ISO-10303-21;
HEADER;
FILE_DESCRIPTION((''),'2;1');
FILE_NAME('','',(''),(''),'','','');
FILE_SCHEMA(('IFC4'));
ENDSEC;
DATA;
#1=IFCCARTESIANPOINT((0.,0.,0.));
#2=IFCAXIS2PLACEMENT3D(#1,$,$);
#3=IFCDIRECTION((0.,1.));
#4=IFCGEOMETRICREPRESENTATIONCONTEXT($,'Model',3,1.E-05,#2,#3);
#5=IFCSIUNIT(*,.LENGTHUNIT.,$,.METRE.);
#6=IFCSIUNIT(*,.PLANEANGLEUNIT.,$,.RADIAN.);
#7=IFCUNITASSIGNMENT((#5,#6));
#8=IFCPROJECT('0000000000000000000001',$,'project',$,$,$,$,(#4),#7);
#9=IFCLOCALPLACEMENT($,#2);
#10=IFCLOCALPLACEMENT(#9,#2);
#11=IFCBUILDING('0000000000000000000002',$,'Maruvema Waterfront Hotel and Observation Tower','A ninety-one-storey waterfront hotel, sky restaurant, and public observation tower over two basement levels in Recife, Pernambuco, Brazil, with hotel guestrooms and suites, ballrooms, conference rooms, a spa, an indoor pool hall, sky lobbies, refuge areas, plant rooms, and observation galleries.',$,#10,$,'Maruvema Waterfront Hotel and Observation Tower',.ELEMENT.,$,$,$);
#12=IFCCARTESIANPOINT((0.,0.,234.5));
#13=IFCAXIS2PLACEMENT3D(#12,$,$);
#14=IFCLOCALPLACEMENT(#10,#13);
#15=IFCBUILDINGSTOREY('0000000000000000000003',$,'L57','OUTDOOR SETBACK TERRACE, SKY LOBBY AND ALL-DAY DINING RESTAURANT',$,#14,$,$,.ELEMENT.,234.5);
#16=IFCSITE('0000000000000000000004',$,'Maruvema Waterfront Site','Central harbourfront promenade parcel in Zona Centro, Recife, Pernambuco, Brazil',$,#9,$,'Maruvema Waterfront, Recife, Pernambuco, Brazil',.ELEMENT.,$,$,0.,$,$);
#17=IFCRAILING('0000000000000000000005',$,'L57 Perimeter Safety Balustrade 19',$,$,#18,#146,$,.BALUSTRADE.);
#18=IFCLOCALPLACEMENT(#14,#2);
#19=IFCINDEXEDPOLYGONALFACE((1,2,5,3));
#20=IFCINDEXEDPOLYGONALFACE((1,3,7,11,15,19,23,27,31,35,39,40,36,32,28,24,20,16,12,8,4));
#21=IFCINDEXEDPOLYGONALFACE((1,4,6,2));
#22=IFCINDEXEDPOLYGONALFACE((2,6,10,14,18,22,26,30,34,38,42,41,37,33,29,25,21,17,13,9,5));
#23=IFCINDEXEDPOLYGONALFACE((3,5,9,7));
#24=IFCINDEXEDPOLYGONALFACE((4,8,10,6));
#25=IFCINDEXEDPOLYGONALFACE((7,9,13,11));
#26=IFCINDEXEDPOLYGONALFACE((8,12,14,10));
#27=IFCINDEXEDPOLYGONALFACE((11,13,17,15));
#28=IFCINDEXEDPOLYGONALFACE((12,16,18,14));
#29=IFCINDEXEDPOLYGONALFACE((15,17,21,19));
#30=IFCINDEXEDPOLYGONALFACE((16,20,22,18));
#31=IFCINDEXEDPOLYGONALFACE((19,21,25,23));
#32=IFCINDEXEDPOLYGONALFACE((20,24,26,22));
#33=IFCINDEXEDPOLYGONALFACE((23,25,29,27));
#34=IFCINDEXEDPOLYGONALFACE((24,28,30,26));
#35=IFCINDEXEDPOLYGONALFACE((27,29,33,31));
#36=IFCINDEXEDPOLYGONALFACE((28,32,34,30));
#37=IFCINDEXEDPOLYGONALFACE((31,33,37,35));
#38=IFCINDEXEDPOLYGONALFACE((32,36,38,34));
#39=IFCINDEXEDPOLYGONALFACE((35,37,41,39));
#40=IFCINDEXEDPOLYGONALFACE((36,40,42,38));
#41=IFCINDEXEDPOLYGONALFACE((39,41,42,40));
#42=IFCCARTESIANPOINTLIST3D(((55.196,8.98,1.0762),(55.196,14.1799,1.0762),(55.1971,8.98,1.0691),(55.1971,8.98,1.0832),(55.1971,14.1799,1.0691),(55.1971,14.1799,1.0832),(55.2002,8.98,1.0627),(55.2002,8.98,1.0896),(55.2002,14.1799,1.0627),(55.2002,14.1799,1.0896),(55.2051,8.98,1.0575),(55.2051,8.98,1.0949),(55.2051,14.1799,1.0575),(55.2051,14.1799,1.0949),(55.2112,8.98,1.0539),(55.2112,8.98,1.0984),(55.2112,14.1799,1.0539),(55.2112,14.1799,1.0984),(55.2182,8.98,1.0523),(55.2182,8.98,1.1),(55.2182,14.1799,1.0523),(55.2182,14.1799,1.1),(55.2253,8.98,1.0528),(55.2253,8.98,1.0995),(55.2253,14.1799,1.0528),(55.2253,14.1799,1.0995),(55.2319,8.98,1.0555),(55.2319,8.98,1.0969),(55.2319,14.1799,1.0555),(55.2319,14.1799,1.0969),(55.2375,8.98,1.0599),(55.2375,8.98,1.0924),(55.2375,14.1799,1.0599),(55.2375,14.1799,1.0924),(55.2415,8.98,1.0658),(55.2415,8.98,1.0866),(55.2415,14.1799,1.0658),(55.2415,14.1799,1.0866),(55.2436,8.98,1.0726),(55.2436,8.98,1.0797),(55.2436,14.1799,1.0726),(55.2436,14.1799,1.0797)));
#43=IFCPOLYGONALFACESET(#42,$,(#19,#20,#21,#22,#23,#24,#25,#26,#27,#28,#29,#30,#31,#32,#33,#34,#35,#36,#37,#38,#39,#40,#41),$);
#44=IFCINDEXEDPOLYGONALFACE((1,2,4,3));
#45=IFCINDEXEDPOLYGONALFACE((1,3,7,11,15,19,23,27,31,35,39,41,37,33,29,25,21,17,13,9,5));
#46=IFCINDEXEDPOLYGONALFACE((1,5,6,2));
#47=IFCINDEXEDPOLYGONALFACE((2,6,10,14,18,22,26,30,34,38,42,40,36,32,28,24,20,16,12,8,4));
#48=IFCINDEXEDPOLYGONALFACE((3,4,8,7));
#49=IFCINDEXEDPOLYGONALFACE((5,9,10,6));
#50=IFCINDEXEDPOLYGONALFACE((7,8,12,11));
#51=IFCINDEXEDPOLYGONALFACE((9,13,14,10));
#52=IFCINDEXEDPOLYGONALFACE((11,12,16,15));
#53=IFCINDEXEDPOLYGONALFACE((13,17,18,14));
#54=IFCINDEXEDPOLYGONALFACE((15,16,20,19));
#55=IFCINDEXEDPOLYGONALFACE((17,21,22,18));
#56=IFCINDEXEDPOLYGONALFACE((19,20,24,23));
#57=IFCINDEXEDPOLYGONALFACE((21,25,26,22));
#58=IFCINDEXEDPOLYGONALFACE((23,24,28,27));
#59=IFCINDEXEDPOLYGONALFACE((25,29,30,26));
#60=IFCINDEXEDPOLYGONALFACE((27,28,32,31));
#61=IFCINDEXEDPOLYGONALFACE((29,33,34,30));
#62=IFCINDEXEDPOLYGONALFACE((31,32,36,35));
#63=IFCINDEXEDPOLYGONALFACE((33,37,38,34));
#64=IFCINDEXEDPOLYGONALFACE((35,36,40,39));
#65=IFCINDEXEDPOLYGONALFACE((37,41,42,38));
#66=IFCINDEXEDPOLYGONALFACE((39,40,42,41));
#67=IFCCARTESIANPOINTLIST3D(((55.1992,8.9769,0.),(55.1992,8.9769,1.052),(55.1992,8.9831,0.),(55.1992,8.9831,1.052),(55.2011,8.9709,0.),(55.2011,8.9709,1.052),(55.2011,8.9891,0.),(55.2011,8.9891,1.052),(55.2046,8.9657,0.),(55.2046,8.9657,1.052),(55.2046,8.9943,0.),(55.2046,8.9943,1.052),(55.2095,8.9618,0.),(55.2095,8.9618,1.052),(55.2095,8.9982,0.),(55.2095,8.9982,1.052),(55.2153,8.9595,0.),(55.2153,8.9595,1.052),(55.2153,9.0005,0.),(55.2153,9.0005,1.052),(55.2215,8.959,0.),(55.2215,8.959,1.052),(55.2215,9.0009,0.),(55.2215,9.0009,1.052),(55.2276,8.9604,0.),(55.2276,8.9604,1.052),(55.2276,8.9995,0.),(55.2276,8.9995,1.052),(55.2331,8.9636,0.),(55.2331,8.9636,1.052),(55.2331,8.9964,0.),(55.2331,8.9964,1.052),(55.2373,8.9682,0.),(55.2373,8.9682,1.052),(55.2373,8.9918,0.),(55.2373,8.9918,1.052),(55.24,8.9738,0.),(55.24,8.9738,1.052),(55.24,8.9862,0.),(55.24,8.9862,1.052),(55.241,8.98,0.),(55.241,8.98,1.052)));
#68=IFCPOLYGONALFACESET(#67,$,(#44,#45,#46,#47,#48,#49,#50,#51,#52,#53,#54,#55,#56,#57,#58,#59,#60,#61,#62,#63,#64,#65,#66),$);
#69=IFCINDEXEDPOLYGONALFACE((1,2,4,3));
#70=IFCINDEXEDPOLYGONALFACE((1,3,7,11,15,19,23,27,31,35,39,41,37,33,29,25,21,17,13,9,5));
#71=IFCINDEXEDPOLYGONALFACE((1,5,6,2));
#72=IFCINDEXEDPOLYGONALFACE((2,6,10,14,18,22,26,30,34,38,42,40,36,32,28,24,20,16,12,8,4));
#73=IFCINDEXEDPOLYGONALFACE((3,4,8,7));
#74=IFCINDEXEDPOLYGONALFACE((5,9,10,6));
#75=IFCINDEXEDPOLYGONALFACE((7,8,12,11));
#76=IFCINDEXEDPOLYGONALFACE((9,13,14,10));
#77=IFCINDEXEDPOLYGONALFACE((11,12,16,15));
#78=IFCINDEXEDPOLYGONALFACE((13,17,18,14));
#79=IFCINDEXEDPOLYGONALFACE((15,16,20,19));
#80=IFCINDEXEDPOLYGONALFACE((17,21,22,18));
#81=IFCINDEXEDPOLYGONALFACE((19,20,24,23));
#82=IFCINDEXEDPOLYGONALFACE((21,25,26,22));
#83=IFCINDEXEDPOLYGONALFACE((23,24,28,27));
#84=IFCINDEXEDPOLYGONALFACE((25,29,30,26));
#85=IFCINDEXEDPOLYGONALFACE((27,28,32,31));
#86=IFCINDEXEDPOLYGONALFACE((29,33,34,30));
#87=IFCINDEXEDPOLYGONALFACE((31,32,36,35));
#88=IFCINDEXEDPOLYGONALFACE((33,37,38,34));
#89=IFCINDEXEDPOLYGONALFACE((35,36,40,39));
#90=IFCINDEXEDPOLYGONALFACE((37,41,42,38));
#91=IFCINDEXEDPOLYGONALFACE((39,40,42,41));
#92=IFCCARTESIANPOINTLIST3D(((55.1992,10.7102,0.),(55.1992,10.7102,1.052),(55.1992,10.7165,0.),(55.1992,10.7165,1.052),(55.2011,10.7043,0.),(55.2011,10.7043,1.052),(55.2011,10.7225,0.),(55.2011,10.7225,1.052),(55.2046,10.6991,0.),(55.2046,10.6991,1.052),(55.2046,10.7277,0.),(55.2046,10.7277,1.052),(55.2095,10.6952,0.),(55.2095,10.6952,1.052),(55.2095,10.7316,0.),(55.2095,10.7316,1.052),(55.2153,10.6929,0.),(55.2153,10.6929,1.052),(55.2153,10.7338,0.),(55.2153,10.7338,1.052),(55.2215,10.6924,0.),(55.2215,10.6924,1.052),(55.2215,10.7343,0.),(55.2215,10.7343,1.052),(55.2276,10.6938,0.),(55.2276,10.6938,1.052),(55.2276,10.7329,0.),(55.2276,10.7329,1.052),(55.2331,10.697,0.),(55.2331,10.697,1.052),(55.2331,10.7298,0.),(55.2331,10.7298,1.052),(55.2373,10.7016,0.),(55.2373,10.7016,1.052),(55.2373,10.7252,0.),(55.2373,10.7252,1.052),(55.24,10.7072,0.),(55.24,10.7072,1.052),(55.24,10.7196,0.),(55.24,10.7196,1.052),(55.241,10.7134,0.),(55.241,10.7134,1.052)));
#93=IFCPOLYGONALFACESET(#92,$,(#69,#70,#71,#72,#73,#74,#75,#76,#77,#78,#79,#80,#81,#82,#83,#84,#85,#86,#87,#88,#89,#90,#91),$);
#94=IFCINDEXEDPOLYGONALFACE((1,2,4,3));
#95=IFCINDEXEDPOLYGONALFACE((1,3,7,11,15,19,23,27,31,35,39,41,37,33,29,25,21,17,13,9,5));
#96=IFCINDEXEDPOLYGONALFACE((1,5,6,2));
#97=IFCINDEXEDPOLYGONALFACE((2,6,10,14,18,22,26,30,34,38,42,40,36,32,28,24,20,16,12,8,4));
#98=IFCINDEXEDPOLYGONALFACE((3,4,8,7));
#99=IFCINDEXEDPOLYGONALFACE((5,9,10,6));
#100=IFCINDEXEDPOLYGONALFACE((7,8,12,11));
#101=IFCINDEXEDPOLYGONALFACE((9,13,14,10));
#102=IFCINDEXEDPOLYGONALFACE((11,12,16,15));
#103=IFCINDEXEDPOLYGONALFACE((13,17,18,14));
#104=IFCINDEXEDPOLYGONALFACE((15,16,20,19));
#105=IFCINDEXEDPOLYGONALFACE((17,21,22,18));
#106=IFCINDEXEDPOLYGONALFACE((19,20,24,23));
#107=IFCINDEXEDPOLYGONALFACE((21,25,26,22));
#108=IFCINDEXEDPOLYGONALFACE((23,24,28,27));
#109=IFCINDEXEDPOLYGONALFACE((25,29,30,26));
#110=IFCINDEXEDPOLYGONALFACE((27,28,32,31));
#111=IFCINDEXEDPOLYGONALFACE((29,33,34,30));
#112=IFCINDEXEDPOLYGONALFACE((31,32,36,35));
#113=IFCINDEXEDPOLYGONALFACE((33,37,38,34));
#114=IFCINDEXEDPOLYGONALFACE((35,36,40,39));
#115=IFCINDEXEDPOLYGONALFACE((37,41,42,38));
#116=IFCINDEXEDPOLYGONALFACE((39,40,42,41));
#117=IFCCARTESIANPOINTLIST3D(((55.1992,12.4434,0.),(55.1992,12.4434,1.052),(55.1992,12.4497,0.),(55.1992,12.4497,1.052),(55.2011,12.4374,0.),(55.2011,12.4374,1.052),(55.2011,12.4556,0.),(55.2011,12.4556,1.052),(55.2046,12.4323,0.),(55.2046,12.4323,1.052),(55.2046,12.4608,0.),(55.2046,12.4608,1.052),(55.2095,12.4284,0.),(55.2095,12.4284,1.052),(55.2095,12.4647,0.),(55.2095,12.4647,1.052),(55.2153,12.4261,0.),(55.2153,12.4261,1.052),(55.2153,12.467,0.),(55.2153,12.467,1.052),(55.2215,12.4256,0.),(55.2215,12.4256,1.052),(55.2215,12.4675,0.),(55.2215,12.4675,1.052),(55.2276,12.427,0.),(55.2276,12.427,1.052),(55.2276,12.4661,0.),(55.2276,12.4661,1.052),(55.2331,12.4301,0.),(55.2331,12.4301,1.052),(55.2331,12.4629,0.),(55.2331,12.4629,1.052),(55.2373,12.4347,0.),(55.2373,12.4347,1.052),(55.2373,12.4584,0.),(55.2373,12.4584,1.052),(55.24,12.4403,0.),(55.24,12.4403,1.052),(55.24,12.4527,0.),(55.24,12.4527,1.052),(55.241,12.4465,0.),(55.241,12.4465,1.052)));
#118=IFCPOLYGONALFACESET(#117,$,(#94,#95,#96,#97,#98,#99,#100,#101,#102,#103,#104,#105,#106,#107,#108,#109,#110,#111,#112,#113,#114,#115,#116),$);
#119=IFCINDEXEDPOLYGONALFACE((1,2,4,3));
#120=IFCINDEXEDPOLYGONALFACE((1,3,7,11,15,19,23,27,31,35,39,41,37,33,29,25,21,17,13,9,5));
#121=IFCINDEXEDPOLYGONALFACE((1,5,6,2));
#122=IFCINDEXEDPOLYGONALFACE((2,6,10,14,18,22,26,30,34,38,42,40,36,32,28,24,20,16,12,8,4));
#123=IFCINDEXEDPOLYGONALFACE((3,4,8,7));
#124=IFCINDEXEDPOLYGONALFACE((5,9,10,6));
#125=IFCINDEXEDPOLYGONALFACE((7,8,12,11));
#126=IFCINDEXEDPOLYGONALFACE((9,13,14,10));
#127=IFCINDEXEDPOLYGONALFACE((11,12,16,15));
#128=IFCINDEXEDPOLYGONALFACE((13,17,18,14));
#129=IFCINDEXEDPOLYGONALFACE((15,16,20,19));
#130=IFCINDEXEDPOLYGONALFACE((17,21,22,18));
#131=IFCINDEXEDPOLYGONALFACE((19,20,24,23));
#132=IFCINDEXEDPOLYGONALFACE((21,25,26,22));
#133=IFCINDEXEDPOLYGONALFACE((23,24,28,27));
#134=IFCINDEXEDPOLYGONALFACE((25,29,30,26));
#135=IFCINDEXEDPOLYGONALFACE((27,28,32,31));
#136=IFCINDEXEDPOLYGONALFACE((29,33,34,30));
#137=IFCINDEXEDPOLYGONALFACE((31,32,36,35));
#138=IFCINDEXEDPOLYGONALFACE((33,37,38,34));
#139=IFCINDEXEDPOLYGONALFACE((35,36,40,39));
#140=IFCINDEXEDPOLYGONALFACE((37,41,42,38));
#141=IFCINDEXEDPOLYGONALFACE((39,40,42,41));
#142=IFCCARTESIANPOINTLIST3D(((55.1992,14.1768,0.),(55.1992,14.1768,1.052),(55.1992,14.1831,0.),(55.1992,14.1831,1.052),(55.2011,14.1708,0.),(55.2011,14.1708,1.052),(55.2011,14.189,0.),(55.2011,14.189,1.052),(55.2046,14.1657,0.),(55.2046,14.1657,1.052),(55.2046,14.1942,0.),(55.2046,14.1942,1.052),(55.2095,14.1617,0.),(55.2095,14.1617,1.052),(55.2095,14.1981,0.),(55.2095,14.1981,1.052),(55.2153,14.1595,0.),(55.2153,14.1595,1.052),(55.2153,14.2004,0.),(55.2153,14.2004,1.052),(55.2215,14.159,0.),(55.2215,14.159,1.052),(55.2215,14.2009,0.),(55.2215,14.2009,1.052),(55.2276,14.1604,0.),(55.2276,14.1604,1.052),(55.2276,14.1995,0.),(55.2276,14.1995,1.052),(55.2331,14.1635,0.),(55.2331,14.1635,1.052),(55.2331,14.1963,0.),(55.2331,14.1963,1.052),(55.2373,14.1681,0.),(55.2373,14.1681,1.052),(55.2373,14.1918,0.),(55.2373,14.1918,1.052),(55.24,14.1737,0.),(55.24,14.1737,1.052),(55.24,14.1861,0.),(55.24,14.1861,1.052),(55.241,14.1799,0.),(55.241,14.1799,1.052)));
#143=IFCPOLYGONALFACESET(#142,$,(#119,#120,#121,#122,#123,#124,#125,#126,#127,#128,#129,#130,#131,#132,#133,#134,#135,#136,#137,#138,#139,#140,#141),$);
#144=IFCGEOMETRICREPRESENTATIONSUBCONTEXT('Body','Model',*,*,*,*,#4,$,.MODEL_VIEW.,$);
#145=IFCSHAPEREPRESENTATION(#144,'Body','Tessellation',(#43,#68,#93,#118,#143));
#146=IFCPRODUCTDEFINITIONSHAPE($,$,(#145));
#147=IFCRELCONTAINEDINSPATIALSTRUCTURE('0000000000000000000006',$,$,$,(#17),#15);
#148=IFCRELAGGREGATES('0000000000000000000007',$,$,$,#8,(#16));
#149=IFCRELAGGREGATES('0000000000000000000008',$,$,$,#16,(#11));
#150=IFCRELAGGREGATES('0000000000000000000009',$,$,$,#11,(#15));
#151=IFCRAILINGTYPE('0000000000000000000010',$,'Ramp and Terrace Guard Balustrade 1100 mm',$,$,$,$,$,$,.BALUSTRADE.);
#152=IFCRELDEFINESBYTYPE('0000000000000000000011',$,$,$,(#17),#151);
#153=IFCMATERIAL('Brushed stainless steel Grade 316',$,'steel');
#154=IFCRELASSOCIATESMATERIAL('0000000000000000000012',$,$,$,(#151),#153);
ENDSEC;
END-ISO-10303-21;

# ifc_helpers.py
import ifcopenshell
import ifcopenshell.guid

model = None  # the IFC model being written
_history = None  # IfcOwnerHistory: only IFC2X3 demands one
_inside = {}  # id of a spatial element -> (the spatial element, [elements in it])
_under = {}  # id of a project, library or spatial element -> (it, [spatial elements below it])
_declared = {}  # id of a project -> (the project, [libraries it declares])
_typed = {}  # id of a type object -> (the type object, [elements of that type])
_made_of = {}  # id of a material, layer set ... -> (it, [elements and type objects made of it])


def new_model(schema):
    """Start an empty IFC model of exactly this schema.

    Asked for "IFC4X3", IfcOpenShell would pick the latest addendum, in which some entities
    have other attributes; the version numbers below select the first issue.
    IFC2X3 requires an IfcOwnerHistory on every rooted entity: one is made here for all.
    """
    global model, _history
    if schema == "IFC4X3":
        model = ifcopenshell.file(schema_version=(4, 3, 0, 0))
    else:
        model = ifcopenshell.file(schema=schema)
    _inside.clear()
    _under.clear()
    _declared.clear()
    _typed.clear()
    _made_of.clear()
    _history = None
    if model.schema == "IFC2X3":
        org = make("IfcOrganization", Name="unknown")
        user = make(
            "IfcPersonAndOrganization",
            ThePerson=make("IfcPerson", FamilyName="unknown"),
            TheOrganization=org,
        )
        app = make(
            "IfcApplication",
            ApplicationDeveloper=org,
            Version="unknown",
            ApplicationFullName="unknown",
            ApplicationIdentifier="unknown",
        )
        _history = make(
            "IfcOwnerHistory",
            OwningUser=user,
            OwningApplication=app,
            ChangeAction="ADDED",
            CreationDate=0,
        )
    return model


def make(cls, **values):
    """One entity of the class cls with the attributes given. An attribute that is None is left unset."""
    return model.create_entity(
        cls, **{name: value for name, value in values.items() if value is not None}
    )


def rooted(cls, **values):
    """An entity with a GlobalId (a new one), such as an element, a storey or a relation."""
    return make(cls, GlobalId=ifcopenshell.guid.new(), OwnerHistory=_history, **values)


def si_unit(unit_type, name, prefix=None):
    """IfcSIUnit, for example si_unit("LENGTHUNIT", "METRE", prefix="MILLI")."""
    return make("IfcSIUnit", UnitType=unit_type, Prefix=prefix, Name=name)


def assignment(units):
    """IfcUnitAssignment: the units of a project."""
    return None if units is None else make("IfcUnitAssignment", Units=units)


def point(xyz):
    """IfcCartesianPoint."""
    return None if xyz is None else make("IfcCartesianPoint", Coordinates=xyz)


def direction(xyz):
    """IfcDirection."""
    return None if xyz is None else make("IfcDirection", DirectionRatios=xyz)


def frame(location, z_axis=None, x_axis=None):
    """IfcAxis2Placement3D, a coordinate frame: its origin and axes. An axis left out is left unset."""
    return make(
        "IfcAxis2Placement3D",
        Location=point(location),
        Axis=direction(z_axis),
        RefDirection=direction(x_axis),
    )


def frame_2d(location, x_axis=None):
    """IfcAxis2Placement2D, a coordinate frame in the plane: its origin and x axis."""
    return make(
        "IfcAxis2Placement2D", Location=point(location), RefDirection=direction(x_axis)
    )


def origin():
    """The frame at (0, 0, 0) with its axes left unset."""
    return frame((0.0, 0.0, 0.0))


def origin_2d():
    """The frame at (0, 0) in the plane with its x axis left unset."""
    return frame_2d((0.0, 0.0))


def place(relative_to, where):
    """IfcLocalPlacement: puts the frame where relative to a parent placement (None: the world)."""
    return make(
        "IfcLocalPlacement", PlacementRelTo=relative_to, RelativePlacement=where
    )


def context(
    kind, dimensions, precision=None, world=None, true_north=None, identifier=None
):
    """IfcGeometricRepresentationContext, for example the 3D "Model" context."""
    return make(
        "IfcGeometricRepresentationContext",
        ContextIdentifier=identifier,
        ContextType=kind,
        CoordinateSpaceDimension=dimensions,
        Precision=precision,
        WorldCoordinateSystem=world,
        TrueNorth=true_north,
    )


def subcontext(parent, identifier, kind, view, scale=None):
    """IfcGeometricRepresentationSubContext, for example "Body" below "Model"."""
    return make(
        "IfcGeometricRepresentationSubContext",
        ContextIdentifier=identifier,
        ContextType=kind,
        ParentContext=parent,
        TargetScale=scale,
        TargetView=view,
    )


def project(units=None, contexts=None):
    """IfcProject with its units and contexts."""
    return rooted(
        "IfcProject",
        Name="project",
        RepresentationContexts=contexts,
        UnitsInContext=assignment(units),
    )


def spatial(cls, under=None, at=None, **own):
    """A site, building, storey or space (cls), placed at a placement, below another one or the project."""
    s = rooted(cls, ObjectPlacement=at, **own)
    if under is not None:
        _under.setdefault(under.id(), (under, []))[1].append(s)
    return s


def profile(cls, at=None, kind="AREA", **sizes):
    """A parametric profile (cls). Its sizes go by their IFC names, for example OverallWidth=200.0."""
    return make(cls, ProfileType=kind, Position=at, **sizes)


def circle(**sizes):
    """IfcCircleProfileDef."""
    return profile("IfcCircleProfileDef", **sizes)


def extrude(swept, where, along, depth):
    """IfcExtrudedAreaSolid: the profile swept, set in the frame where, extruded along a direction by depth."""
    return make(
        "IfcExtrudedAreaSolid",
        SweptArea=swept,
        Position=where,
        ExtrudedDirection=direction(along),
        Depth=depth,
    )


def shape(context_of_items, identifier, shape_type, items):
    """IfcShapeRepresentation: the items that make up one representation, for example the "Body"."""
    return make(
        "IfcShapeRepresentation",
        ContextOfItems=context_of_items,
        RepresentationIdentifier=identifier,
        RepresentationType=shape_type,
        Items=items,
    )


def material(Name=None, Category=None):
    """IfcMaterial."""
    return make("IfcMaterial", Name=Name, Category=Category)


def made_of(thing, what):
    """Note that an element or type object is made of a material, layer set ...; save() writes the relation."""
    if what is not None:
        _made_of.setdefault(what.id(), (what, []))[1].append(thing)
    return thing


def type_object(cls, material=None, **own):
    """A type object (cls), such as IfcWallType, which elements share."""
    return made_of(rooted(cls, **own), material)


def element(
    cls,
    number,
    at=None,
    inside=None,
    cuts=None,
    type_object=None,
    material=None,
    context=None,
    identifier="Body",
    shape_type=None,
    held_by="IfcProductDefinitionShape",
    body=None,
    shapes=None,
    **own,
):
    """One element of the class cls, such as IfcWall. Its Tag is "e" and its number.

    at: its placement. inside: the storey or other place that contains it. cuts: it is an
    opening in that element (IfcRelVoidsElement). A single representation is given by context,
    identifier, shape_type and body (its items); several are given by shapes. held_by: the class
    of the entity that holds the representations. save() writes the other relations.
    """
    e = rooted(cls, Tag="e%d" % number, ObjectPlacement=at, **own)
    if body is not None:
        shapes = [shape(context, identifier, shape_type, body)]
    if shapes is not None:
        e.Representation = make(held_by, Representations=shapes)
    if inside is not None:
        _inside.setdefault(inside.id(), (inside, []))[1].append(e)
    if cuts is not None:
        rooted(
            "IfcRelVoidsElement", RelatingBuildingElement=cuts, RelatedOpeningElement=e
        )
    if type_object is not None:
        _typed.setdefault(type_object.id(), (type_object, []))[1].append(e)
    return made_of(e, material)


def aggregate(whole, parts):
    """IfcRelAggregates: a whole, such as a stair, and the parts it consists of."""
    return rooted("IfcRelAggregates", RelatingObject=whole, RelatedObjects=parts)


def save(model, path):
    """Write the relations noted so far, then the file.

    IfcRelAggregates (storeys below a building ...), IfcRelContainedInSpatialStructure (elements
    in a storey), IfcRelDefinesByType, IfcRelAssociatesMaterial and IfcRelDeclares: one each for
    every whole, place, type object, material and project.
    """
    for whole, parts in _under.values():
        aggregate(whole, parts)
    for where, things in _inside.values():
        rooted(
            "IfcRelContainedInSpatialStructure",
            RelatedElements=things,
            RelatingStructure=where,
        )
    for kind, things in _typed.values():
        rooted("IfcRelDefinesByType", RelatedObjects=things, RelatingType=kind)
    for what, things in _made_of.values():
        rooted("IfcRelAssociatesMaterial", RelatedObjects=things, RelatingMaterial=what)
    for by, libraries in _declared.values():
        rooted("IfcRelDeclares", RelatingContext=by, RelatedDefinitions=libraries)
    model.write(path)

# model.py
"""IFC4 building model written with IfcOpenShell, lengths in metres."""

from ifc_helpers import new_model, si_unit, direction, frame, origin, origin_2d, place, context, subcontext, project, spatial, circle, extrude, material, type_object, element, save


model = new_model("IFC4")

# Units and contexts
model_context = context("Model", 3, precision=1e-05, world=origin(), true_north=direction((0.0, 1.0)))
body_context = subcontext(model_context, "Body", "Model", "MODEL_VIEW")
ifc_project = project(units=[si_unit("LENGTHUNIT", "METRE"), si_unit("PLANEANGLEUNIT", "RADIAN")], contexts=[model_context])

# Site, building, storey
site_placement = place(None, origin())
site = spatial("IfcSite", under=ifc_project, at=site_placement, Name="Maruvema Waterfront Site", Description="Central harbourfront promenade parcel in Zona Centro, Recife, Pernambuco, Brazil", LongName="Maruvema Waterfront, Recife, Pernambuco, Brazil", CompositionType="ELEMENT", RefElevation=0.0)
building_placement = place(site_placement, origin())
building = spatial("IfcBuilding", under=site, at=building_placement, Name="Maruvema Waterfront Hotel and Observation Tower", Description="A ninety-one-storey waterfront hotel, sky restaurant, and public observation tower over two basement levels in Recife, Pernambuco, Brazil, with hotel guestrooms and suites, ballrooms, conference rooms, a spa, an indoor pool hall, sky lobbies, refuge areas, plant rooms, and observation galleries.", LongName="Maruvema Waterfront Hotel and Observation Tower", CompositionType="ELEMENT")
storey_placement = place(building_placement, frame((0.0, 0.0, 234.5)))
storey = spatial("IfcBuildingStorey", under=building, at=storey_placement, Name="L57", Description="OUTDOOR SETBACK TERRACE, SKY LOBBY AND ALL-DAY DINING RESTAURANT", CompositionType="ELEMENT", Elevation=234.5)

# Railing
ifc_material_1 = material(Name="Brushed stainless steel Grade 316", Category="steel")
railing_type = type_object("IfcRailingType", Name="Ramp and Terrace Guard Balustrade 1100 mm", PredefinedType="BALUSTRADE", material=ifc_material_1)
railing_1_placement = place(storey_placement, frame((55.22, 8.98, 0.0)))
element("IfcRailing", 1, at=railing_1_placement, inside=storey, type_object=railing_type, Name="L57 Perimeter Safety Balustrade 19", PredefinedType="BALUSTRADE", context=body_context, shape_type="SweptSolid", body=[
    extrude(circle(Radius=0.0239, at=origin_2d()), frame((0.0, 0.0, 1.0762), z_axis=(0.0, 1.0, 0.0), x_axis=(-1.0, 0.0, 0.0)), (0.0, 0.0, 1.0), 5.2),
    extrude(circle(Radius=0.021, at=origin_2d()), origin(), (0.0, 0.0, 1.0), 1.052),
    extrude(circle(Radius=0.021, at=origin_2d()), frame((0.0, 1.7334, 0.0)), (0.0, 0.0, 1.0), 1.052),
    extrude(circle(Radius=0.021, at=origin_2d()), frame((0.0, 3.4666, 0.0)), (0.0, 0.0, 1.0), 1.052),
    extrude(circle(Radius=0.021, at=origin_2d()), frame((0.0, 5.2, 0.0)), (0.0, 0.0, 1.0), 1.052),
])

save(model, "model.ifc")
